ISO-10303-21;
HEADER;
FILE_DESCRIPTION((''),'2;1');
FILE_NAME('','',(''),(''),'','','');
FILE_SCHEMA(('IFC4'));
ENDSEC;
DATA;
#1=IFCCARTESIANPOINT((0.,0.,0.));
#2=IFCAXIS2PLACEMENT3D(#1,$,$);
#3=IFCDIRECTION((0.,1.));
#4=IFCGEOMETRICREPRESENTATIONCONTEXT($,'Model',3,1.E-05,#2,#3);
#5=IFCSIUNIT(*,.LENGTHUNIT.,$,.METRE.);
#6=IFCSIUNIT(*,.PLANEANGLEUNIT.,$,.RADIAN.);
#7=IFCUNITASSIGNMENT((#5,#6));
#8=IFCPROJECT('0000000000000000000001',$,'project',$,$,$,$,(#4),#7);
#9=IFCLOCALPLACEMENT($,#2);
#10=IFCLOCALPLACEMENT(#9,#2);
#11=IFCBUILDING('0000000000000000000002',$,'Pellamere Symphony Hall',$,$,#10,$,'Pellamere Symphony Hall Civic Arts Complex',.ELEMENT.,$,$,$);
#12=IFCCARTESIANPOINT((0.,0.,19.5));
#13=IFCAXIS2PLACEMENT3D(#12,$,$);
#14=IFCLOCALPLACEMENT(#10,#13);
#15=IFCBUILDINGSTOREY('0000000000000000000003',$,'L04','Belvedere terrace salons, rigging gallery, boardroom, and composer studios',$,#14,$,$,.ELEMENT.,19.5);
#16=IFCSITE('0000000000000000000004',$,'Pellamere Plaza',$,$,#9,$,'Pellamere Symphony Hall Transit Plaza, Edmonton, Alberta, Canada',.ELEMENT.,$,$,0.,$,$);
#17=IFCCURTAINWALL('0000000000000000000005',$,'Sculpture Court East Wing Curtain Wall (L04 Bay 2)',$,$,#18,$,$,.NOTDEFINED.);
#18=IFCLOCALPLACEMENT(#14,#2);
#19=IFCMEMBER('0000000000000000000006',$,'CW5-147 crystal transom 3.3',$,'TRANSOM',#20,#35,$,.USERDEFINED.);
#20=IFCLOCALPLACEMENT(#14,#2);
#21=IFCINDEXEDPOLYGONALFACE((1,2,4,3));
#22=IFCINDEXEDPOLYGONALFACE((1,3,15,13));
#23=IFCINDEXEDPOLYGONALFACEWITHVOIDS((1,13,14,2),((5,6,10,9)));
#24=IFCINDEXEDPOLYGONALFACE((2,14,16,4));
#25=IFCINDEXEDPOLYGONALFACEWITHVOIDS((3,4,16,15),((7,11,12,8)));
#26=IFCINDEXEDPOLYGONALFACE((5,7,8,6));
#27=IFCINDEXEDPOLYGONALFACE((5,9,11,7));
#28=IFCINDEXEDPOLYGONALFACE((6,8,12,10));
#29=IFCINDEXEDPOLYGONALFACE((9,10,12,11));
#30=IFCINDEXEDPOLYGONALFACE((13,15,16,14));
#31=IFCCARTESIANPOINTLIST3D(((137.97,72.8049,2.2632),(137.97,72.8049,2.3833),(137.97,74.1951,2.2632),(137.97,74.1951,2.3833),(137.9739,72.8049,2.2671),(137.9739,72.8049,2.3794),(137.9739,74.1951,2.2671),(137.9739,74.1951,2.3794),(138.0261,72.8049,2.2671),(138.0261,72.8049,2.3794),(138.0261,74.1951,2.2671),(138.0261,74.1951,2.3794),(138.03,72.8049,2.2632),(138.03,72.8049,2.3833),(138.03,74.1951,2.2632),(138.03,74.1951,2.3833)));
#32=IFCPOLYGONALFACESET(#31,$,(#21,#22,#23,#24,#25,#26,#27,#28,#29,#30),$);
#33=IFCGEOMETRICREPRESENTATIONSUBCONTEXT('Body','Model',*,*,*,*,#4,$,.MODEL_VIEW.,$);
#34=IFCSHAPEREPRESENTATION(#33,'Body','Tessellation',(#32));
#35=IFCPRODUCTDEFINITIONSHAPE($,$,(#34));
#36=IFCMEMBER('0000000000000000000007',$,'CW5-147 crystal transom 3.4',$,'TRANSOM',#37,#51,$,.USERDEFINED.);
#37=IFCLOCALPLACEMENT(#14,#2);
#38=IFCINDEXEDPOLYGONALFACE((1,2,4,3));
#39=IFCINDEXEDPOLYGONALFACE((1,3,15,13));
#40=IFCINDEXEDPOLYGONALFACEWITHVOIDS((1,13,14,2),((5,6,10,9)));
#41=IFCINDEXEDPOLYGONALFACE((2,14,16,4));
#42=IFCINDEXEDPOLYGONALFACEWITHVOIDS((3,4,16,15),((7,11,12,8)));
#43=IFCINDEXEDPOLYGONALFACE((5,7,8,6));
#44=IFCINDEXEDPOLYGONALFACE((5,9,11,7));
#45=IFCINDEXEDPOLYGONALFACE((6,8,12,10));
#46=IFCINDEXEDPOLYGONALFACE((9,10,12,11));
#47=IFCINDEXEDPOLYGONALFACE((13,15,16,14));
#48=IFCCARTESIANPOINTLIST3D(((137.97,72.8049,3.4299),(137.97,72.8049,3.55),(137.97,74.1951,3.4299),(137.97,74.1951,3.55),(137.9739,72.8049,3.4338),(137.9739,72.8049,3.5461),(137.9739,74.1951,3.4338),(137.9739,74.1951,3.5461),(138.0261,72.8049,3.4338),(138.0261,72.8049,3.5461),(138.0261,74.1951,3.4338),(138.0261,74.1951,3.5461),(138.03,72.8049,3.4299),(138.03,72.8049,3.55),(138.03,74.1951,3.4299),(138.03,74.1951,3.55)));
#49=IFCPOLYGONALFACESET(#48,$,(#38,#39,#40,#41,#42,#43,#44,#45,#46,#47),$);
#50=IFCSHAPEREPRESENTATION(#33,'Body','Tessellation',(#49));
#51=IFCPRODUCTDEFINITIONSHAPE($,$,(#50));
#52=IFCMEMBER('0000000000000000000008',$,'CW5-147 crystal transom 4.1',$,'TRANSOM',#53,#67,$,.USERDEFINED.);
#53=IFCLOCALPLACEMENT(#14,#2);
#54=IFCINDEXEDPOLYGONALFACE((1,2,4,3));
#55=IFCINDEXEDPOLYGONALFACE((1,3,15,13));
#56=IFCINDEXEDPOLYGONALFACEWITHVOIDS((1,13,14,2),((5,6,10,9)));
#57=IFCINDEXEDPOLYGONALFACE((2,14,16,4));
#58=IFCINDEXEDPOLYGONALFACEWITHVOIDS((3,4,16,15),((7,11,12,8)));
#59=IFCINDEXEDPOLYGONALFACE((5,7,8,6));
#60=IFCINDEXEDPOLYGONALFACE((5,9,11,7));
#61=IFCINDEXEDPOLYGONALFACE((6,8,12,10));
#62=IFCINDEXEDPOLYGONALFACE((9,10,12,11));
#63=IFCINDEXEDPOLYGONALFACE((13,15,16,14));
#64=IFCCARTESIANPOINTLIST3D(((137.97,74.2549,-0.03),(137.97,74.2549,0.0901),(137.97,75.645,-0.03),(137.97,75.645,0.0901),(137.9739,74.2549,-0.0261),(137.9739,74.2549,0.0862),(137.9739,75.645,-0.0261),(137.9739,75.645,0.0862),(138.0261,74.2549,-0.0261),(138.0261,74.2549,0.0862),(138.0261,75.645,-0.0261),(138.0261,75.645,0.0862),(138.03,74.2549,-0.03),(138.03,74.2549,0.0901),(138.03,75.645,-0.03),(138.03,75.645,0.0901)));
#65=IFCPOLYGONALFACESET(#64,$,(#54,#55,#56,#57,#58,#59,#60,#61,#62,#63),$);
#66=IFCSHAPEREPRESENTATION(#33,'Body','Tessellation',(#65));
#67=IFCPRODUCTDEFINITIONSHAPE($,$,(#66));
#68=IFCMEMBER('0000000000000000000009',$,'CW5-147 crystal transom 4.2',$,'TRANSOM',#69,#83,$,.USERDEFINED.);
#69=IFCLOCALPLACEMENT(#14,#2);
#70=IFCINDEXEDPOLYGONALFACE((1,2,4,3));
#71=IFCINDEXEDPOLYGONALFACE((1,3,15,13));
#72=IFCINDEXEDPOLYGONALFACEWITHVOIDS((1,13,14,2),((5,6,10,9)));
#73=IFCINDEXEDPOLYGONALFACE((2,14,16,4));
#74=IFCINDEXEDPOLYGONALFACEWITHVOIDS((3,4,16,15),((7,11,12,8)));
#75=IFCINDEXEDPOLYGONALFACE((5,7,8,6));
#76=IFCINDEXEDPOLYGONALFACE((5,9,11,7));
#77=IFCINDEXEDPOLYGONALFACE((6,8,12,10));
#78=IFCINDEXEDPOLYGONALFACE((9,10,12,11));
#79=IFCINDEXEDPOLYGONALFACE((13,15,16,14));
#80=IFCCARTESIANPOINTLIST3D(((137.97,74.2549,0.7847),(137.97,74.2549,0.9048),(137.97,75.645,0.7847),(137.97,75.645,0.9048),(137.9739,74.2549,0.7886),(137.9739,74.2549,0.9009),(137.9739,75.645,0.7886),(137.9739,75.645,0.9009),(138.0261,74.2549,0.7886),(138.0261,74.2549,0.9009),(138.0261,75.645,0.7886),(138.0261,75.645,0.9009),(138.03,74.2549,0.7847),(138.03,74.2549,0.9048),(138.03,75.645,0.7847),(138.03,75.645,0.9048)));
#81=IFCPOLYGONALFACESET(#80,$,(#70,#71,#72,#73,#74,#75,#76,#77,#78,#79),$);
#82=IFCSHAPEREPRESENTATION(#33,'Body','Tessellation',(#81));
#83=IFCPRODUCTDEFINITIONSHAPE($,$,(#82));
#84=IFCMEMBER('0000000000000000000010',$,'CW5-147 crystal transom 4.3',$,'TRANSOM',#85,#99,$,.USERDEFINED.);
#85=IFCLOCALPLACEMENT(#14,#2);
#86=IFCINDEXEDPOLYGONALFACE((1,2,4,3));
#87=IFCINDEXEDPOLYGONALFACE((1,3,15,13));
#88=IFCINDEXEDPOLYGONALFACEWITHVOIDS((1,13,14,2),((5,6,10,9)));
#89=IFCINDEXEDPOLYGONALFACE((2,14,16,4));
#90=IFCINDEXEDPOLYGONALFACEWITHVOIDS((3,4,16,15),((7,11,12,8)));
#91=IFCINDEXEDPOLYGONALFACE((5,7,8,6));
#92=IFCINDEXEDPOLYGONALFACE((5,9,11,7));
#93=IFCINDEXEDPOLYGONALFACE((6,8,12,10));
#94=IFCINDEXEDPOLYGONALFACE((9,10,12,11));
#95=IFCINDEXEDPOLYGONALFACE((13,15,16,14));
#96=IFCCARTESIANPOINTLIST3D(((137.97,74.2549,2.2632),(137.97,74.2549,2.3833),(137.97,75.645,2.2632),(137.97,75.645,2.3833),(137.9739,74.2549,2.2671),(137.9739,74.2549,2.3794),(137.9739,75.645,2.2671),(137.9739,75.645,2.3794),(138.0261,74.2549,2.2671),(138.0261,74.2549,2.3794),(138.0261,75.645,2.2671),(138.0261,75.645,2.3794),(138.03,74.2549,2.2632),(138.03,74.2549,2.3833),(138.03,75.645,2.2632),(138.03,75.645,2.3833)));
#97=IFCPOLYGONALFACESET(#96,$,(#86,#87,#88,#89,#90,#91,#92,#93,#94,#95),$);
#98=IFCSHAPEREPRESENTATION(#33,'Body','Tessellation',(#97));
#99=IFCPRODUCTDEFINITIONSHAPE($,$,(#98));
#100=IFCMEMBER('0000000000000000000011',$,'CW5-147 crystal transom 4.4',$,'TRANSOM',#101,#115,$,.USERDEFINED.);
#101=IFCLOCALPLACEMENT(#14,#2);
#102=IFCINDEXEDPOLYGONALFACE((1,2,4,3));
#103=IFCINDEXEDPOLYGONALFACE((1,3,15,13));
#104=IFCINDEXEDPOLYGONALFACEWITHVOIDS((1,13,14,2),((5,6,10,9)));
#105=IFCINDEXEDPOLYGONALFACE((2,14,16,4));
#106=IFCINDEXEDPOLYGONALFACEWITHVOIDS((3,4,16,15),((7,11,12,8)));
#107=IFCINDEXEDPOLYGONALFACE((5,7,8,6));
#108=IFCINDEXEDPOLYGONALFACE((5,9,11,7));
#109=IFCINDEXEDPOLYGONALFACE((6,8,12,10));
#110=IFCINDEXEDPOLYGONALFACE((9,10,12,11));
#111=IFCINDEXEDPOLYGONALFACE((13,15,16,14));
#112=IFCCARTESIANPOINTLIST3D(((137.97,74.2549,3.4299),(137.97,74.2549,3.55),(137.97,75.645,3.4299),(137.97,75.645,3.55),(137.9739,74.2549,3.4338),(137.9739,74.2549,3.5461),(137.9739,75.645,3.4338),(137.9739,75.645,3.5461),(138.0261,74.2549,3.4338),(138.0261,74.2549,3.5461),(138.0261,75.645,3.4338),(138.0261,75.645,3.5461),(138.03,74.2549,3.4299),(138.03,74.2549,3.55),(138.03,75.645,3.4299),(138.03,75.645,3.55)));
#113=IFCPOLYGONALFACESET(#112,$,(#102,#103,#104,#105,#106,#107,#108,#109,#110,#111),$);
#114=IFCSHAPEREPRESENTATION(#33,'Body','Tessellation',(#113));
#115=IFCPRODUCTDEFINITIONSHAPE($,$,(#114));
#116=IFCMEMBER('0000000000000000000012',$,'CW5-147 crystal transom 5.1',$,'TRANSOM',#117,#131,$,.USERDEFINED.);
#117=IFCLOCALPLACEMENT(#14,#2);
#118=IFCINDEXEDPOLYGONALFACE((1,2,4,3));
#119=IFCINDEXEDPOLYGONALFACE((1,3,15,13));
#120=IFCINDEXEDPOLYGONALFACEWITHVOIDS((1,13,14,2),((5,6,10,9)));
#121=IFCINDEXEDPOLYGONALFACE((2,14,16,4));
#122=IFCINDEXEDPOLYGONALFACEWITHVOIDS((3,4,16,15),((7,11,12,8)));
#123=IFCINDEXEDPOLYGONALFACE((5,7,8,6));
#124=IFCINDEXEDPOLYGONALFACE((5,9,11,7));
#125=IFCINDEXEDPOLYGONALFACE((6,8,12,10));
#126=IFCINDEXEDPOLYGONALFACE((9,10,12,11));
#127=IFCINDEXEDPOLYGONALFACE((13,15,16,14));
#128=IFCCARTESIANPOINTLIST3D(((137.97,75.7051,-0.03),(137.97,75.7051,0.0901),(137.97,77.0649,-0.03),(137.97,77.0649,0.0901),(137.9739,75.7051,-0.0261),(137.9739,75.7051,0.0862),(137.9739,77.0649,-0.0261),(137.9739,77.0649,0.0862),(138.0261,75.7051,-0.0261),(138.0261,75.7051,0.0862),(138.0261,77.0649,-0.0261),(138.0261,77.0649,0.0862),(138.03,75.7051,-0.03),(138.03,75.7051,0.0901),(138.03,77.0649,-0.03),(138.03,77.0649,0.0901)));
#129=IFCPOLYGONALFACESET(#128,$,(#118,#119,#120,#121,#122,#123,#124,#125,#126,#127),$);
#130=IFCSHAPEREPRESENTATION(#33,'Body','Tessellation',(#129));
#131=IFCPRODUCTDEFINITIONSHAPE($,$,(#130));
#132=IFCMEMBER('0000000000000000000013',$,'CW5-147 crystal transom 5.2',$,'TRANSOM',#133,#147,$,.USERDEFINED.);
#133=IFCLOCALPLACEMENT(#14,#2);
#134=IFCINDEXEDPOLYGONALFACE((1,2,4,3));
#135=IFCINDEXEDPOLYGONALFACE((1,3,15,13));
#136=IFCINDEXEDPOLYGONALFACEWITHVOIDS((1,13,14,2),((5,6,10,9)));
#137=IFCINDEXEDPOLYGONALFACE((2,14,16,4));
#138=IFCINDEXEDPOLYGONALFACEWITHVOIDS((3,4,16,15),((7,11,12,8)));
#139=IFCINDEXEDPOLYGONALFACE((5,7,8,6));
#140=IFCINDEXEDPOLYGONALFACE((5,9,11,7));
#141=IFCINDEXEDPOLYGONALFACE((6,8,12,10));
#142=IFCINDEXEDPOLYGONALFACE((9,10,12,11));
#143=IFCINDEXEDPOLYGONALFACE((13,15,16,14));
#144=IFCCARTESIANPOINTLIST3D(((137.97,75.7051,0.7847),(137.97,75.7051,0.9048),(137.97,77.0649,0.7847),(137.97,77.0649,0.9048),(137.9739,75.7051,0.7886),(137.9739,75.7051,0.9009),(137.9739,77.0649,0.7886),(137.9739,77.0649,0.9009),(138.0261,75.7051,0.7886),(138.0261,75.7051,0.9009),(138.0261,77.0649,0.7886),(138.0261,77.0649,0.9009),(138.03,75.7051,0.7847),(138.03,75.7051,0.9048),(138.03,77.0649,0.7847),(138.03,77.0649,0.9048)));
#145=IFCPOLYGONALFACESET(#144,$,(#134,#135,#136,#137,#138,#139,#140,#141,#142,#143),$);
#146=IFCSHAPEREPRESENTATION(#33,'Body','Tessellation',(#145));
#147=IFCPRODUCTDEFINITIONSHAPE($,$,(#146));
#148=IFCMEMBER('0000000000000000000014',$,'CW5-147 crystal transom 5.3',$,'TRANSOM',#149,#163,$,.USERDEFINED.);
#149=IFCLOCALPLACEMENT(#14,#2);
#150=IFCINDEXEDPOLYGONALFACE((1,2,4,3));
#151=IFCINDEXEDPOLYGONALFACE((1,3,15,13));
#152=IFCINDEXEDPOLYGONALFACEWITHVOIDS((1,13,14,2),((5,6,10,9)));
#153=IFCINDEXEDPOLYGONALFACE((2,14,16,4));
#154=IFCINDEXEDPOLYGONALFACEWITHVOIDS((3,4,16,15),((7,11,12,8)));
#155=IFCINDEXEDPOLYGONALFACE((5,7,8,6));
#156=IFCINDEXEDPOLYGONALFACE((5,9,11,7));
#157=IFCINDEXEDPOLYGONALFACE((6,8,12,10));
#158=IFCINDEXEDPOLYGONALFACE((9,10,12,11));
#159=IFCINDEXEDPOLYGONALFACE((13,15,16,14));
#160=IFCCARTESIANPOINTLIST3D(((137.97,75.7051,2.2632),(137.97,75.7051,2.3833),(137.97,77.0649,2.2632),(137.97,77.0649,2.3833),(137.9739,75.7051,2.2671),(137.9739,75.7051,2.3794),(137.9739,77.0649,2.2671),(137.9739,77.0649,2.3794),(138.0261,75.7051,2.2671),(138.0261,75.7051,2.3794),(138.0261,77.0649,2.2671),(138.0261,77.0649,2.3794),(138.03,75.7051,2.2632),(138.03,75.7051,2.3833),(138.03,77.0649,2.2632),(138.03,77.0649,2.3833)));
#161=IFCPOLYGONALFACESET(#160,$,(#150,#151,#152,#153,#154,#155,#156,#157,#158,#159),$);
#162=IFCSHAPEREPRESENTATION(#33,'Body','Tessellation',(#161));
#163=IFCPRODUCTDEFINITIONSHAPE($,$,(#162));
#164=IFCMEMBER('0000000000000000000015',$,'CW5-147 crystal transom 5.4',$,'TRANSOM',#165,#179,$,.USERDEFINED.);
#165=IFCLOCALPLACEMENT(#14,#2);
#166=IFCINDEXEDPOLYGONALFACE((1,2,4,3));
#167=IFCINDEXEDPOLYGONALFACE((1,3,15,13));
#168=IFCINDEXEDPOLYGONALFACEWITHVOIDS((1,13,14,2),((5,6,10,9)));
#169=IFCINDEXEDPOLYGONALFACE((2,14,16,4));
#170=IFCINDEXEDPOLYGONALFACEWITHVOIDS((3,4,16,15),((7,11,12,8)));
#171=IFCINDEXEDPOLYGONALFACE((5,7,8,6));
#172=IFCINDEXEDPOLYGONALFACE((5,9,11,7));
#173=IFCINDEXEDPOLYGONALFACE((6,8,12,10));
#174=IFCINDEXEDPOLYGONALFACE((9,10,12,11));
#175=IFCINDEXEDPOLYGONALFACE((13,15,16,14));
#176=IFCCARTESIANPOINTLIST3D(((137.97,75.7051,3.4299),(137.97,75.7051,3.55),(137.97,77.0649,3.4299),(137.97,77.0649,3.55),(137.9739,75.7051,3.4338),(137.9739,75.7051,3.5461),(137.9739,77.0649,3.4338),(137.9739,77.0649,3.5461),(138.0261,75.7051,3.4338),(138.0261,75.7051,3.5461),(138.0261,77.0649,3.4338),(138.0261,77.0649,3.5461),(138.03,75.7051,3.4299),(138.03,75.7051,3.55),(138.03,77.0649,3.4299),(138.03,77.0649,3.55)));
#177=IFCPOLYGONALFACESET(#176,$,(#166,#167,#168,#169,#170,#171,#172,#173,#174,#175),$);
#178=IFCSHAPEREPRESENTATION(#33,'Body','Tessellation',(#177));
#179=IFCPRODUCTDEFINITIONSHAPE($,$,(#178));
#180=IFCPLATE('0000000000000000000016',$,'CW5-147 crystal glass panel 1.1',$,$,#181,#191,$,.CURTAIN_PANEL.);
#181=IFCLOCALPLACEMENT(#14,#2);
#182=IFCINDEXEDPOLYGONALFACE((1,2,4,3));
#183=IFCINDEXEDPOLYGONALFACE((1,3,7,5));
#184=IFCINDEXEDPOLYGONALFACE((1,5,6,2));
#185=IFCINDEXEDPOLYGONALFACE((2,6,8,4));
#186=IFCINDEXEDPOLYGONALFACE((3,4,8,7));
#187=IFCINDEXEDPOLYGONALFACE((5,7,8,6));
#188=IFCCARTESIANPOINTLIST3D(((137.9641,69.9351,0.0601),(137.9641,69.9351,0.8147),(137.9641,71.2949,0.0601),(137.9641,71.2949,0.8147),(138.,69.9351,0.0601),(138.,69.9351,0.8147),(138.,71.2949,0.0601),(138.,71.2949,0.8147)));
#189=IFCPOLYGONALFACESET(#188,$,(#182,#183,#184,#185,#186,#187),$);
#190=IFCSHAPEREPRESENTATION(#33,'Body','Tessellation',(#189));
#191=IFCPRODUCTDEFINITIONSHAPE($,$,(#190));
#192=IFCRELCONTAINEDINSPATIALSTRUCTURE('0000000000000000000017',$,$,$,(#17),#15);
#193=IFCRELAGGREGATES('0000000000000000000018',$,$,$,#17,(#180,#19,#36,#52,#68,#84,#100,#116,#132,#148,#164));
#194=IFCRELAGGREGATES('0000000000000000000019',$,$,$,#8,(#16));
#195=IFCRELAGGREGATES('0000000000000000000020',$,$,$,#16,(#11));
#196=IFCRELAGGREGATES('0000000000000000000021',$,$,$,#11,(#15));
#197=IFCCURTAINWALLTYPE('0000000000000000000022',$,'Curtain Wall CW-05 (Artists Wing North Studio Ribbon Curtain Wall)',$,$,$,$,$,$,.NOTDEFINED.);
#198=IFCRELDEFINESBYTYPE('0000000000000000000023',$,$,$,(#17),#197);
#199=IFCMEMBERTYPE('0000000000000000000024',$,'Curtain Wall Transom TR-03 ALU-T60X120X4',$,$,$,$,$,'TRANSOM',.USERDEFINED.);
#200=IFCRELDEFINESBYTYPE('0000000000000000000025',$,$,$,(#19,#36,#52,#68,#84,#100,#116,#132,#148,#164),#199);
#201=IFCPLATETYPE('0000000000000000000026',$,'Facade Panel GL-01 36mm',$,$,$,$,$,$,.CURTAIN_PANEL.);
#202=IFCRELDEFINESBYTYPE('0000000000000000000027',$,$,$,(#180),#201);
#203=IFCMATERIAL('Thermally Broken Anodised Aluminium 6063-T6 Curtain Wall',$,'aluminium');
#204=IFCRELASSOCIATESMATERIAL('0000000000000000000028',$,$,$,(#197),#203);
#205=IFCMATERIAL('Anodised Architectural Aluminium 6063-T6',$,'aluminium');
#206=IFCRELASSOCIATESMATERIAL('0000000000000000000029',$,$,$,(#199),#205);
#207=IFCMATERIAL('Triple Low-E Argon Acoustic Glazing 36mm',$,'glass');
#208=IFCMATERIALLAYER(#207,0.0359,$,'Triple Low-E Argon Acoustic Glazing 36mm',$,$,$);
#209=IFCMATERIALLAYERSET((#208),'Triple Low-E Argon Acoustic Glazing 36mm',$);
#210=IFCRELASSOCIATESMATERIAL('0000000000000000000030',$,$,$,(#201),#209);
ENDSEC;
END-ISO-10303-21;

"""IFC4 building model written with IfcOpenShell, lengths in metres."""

from ifc_helpers import new_model, si_unit, direction, frame, origin, origin_2d, place, context, subcontext, project, spatial, polyline, hollow_rectangle, outline, extrude, material, layer, layer_set, material_profile, profile_set, type_object, element, aggregate, save


model = new_model("IFC4")

# Units and contexts
model_context = context("Model", 3, precision=1e-05, world=origin(), true_north=direction((0.0, 1.0)))
body_context = subcontext(model_context, "Body", "Model", "MODEL_VIEW")
ifc_project = project(units=[si_unit("LENGTHUNIT", "METRE"), si_unit("PLANEANGLEUNIT", "RADIAN")], contexts=[model_context])

# Site, building, storey
site_placement = place(None, origin())
site = spatial("IfcSite", under=ifc_project, at=site_placement, Name="Pellamere Plaza", LongName="Pellamere Symphony Hall Transit Plaza, Edmonton, Alberta, Canada", CompositionType="ELEMENT", RefElevation=0.0)
building_placement = place(site_placement, origin())
building = spatial("IfcBuilding", under=site, at=building_placement, Name="Pellamere Symphony Hall", LongName="Pellamere Symphony Hall Civic Arts Complex", CompositionType="ELEMENT")
storey_placement = place(building_placement, frame((0.0, 0.0, 19.5)))
storey = spatial("IfcBuildingStorey", under=building, at=storey_placement, Name="L04", Description="Belvedere terrace salons, rigging gallery, boardroom, and composer studios", CompositionType="ELEMENT", Elevation=19.5)

# Curtain wall, members, plate
ifc_material_1 = material(Name="Thermally Broken Anodised Aluminium 6063-T6 Curtain Wall", Category="aluminium")
curtain_wall_type = type_object("IfcCurtainWallType", Name="Curtain Wall CW-05 (Artists Wing North Studio Ribbon Curtain Wall)", PredefinedType="NOTDEFINED", material=ifc_material_1)
curtain_wall_placement = place(storey_placement, origin())
curtain_wall = element("IfcCurtainWall", 1, at=curtain_wall_placement, inside=storey, type_object=curtain_wall_type, Name="Sculpture Court East Wing Curtain Wall (L04 Bay 2)", PredefinedType="NOTDEFINED")
ifc_material_2 = material(Name="Anodised Architectural Aluminium 6063-T6", Category="aluminium")
ifc_material_profile_1 = material_profile(ifc_material_2, hollow_rectangle(XDim=0.0601, YDim=0.1201, WallThickness=0.0039, at=origin_2d()), Name="ALU-T60X120X4")
ifc_profile_set_1 = profile_set([ifc_material_profile_1], Name="Anodised Architectural Aluminium 6063-T6")
member_type_1 = type_object("IfcMemberType", Name="Curtain Wall Transom TR-03 ALU-T60X120X4", ElementType="TRANSOM", PredefinedType="USERDEFINED", material=ifc_profile_set_1)
member_1_placement = place(storey_placement, frame((138.0, 72.8049, 2.3232), z_axis=(0.0, 1.0, 0.0), x_axis=(-1.0, 0.0, 0.0)))
member_1 = element("IfcMember", 2, at=member_1_placement, type_object=member_type_1, Name="CW5-147 crystal transom 3.3", ObjectType="TRANSOM", PredefinedType="USERDEFINED", context=body_context, shape_type="SweptSolid", body=[
    extrude(hollow_rectangle(XDim=0.0601, YDim=0.1201, WallThickness=0.0039, at=origin_2d()), origin(), (0.0, 0.0, 1.0), 1.3901),
])
member_2_placement = place(storey_placement, frame((138.0, 72.8049, 3.49), z_axis=(0.0, 1.0, 0.0), x_axis=(-1.0, 0.0, 0.0)))
member_2 = element("IfcMember", 3, at=member_2_placement, type_object=member_type_1, Name="CW5-147 crystal transom 3.4", ObjectType="TRANSOM", PredefinedType="USERDEFINED", context=body_context, shape_type="SweptSolid", body=[
    extrude(hollow_rectangle(XDim=0.0601, YDim=0.1201, WallThickness=0.0039, at=origin_2d()), origin(), (0.0, 0.0, 1.0), 1.3901),
])
member_3_placement = place(storey_placement, frame((138.0, 74.2549, 0.03), z_axis=(0.0, 1.0, 0.0), x_axis=(-1.0, 0.0, 0.0)))
member_3 = element("IfcMember", 4, at=member_3_placement, type_object=member_type_1, Name="CW5-147 crystal transom 4.1", ObjectType="TRANSOM", PredefinedType="USERDEFINED", context=body_context, shape_type="SweptSolid", body=[
    extrude(hollow_rectangle(XDim=0.0601, YDim=0.1201, WallThickness=0.0039, at=origin_2d()), origin(), (0.0, 0.0, 1.0), 1.3901),
])
member_4_placement = place(storey_placement, frame((138.0, 74.2549, 0.8447), z_axis=(0.0, 1.0, 0.0), x_axis=(-1.0, 0.0, 0.0)))
member_4 = element("IfcMember", 5, at=member_4_placement, type_object=member_type_1, Name="CW5-147 crystal transom 4.2", ObjectType="TRANSOM", PredefinedType="USERDEFINED", context=body_context, shape_type="SweptSolid", body=[
    extrude(hollow_rectangle(XDim=0.0601, YDim=0.1201, WallThickness=0.0039, at=origin_2d()), origin(), (0.0, 0.0, 1.0), 1.3901),
])
member_5_placement = place(storey_placement, frame((138.0, 74.2549, 2.3232), z_axis=(0.0, 1.0, 0.0), x_axis=(-1.0, 0.0, 0.0)))
member_5 = element("IfcMember", 6, at=member_5_placement, type_object=member_type_1, Name="CW5-147 crystal transom 4.3", ObjectType="TRANSOM", PredefinedType="USERDEFINED", context=body_context, shape_type="SweptSolid", body=[
    extrude(hollow_rectangle(XDim=0.0601, YDim=0.1201, WallThickness=0.0039, at=origin_2d()), origin(), (0.0, 0.0, 1.0), 1.3901),
])
member_6_placement = place(storey_placement, frame((138.0, 74.2549, 3.49), z_axis=(0.0, 1.0, 0.0), x_axis=(-1.0, 0.0, 0.0)))
member_6 = element("IfcMember", 7, at=member_6_placement, type_object=member_type_1, Name="CW5-147 crystal transom 4.4", ObjectType="TRANSOM", PredefinedType="USERDEFINED", context=body_context, shape_type="SweptSolid", body=[
    extrude(hollow_rectangle(XDim=0.0601, YDim=0.1201, WallThickness=0.0039, at=origin_2d()), origin(), (0.0, 0.0, 1.0), 1.3901),
])
member_7_placement = place(storey_placement, frame((138.0, 75.7051, 0.03), z_axis=(0.0, 1.0, 0.0), x_axis=(-1.0, 0.0, 0.0)))
member_7 = element("IfcMember", 8, at=member_7_placement, type_object=member_type_1, Name="CW5-147 crystal transom 5.1", ObjectType="TRANSOM", PredefinedType="USERDEFINED", context=body_context, shape_type="SweptSolid", body=[
    extrude(hollow_rectangle(XDim=0.0601, YDim=0.1201, WallThickness=0.0039, at=origin_2d()), origin(), (0.0, 0.0, 1.0), 1.3599),
])
member_8_placement = place(storey_placement, frame((138.0, 75.7051, 0.8447), z_axis=(0.0, 1.0, 0.0), x_axis=(-1.0, 0.0, 0.0)))
member_8 = element("IfcMember", 9, at=member_8_placement, type_object=member_type_1, Name="CW5-147 crystal transom 5.2", ObjectType="TRANSOM", PredefinedType="USERDEFINED", context=body_context, shape_type="SweptSolid", body=[
    extrude(hollow_rectangle(XDim=0.0601, YDim=0.1201, WallThickness=0.0039, at=origin_2d()), origin(), (0.0, 0.0, 1.0), 1.3599),
])
member_9_placement = place(storey_placement, frame((138.0, 75.7051, 2.3232), z_axis=(0.0, 1.0, 0.0), x_axis=(-1.0, 0.0, 0.0)))
member_9 = element("IfcMember", 10, at=member_9_placement, type_object=member_type_1, Name="CW5-147 crystal transom 5.3", ObjectType="TRANSOM", PredefinedType="USERDEFINED", context=body_context, shape_type="SweptSolid", body=[
    extrude(hollow_rectangle(XDim=0.0601, YDim=0.1201, WallThickness=0.0039, at=origin_2d()), origin(), (0.0, 0.0, 1.0), 1.3599),
])
member_10_placement = place(storey_placement, frame((138.0, 75.7051, 3.49), z_axis=(0.0, 1.0, 0.0), x_axis=(-1.0, 0.0, 0.0)))
member_10 = element("IfcMember", 11, at=member_10_placement, type_object=member_type_1, Name="CW5-147 crystal transom 5.4", ObjectType="TRANSOM", PredefinedType="USERDEFINED", context=body_context, shape_type="SweptSolid", body=[
    extrude(hollow_rectangle(XDim=0.0601, YDim=0.1201, WallThickness=0.0039, at=origin_2d()), origin(), (0.0, 0.0, 1.0), 1.3599),
])
ifc_material_3 = material(Name="Triple Low-E Argon Acoustic Glazing 36mm", Category="glass")
ifc_layer = layer(ifc_material_3, 0.0359, Name="Triple Low-E Argon Acoustic Glazing 36mm")
ifc_layer_set = layer_set([ifc_layer], Name="Triple Low-E Argon Acoustic Glazing 36mm")
plate_type = type_object("IfcPlateType", Name="Facade Panel GL-01 36mm", PredefinedType="CURTAIN_PANEL", material=ifc_layer_set)
plate_1_placement = place(storey_placement, frame((138.0, 69.9351, 0.0601), z_axis=(1.0, 0.0, 0.0), x_axis=(0.0, 1.0, 0.0)))
plate_1 = element("IfcPlate", 12, at=plate_1_placement, type_object=plate_type, Name="CW5-147 crystal glass panel 1.1", PredefinedType="CURTAIN_PANEL", context=body_context, shape_type="SweptSolid", body=[
    extrude(outline(polyline([(0.0, 0.0), (1.3599, 0.0), (1.3599, 0.7546), (0.0, 0.7546), (0.0, 0.0)])), origin(), (0.0, 0.0, -1.0), 0.0359),
])
aggregate(curtain_wall, [plate_1, member_1, member_2, member_3, member_4, member_5, member_6, member_7, member_8, member_9, member_10])

save(model, "model.ifc")
